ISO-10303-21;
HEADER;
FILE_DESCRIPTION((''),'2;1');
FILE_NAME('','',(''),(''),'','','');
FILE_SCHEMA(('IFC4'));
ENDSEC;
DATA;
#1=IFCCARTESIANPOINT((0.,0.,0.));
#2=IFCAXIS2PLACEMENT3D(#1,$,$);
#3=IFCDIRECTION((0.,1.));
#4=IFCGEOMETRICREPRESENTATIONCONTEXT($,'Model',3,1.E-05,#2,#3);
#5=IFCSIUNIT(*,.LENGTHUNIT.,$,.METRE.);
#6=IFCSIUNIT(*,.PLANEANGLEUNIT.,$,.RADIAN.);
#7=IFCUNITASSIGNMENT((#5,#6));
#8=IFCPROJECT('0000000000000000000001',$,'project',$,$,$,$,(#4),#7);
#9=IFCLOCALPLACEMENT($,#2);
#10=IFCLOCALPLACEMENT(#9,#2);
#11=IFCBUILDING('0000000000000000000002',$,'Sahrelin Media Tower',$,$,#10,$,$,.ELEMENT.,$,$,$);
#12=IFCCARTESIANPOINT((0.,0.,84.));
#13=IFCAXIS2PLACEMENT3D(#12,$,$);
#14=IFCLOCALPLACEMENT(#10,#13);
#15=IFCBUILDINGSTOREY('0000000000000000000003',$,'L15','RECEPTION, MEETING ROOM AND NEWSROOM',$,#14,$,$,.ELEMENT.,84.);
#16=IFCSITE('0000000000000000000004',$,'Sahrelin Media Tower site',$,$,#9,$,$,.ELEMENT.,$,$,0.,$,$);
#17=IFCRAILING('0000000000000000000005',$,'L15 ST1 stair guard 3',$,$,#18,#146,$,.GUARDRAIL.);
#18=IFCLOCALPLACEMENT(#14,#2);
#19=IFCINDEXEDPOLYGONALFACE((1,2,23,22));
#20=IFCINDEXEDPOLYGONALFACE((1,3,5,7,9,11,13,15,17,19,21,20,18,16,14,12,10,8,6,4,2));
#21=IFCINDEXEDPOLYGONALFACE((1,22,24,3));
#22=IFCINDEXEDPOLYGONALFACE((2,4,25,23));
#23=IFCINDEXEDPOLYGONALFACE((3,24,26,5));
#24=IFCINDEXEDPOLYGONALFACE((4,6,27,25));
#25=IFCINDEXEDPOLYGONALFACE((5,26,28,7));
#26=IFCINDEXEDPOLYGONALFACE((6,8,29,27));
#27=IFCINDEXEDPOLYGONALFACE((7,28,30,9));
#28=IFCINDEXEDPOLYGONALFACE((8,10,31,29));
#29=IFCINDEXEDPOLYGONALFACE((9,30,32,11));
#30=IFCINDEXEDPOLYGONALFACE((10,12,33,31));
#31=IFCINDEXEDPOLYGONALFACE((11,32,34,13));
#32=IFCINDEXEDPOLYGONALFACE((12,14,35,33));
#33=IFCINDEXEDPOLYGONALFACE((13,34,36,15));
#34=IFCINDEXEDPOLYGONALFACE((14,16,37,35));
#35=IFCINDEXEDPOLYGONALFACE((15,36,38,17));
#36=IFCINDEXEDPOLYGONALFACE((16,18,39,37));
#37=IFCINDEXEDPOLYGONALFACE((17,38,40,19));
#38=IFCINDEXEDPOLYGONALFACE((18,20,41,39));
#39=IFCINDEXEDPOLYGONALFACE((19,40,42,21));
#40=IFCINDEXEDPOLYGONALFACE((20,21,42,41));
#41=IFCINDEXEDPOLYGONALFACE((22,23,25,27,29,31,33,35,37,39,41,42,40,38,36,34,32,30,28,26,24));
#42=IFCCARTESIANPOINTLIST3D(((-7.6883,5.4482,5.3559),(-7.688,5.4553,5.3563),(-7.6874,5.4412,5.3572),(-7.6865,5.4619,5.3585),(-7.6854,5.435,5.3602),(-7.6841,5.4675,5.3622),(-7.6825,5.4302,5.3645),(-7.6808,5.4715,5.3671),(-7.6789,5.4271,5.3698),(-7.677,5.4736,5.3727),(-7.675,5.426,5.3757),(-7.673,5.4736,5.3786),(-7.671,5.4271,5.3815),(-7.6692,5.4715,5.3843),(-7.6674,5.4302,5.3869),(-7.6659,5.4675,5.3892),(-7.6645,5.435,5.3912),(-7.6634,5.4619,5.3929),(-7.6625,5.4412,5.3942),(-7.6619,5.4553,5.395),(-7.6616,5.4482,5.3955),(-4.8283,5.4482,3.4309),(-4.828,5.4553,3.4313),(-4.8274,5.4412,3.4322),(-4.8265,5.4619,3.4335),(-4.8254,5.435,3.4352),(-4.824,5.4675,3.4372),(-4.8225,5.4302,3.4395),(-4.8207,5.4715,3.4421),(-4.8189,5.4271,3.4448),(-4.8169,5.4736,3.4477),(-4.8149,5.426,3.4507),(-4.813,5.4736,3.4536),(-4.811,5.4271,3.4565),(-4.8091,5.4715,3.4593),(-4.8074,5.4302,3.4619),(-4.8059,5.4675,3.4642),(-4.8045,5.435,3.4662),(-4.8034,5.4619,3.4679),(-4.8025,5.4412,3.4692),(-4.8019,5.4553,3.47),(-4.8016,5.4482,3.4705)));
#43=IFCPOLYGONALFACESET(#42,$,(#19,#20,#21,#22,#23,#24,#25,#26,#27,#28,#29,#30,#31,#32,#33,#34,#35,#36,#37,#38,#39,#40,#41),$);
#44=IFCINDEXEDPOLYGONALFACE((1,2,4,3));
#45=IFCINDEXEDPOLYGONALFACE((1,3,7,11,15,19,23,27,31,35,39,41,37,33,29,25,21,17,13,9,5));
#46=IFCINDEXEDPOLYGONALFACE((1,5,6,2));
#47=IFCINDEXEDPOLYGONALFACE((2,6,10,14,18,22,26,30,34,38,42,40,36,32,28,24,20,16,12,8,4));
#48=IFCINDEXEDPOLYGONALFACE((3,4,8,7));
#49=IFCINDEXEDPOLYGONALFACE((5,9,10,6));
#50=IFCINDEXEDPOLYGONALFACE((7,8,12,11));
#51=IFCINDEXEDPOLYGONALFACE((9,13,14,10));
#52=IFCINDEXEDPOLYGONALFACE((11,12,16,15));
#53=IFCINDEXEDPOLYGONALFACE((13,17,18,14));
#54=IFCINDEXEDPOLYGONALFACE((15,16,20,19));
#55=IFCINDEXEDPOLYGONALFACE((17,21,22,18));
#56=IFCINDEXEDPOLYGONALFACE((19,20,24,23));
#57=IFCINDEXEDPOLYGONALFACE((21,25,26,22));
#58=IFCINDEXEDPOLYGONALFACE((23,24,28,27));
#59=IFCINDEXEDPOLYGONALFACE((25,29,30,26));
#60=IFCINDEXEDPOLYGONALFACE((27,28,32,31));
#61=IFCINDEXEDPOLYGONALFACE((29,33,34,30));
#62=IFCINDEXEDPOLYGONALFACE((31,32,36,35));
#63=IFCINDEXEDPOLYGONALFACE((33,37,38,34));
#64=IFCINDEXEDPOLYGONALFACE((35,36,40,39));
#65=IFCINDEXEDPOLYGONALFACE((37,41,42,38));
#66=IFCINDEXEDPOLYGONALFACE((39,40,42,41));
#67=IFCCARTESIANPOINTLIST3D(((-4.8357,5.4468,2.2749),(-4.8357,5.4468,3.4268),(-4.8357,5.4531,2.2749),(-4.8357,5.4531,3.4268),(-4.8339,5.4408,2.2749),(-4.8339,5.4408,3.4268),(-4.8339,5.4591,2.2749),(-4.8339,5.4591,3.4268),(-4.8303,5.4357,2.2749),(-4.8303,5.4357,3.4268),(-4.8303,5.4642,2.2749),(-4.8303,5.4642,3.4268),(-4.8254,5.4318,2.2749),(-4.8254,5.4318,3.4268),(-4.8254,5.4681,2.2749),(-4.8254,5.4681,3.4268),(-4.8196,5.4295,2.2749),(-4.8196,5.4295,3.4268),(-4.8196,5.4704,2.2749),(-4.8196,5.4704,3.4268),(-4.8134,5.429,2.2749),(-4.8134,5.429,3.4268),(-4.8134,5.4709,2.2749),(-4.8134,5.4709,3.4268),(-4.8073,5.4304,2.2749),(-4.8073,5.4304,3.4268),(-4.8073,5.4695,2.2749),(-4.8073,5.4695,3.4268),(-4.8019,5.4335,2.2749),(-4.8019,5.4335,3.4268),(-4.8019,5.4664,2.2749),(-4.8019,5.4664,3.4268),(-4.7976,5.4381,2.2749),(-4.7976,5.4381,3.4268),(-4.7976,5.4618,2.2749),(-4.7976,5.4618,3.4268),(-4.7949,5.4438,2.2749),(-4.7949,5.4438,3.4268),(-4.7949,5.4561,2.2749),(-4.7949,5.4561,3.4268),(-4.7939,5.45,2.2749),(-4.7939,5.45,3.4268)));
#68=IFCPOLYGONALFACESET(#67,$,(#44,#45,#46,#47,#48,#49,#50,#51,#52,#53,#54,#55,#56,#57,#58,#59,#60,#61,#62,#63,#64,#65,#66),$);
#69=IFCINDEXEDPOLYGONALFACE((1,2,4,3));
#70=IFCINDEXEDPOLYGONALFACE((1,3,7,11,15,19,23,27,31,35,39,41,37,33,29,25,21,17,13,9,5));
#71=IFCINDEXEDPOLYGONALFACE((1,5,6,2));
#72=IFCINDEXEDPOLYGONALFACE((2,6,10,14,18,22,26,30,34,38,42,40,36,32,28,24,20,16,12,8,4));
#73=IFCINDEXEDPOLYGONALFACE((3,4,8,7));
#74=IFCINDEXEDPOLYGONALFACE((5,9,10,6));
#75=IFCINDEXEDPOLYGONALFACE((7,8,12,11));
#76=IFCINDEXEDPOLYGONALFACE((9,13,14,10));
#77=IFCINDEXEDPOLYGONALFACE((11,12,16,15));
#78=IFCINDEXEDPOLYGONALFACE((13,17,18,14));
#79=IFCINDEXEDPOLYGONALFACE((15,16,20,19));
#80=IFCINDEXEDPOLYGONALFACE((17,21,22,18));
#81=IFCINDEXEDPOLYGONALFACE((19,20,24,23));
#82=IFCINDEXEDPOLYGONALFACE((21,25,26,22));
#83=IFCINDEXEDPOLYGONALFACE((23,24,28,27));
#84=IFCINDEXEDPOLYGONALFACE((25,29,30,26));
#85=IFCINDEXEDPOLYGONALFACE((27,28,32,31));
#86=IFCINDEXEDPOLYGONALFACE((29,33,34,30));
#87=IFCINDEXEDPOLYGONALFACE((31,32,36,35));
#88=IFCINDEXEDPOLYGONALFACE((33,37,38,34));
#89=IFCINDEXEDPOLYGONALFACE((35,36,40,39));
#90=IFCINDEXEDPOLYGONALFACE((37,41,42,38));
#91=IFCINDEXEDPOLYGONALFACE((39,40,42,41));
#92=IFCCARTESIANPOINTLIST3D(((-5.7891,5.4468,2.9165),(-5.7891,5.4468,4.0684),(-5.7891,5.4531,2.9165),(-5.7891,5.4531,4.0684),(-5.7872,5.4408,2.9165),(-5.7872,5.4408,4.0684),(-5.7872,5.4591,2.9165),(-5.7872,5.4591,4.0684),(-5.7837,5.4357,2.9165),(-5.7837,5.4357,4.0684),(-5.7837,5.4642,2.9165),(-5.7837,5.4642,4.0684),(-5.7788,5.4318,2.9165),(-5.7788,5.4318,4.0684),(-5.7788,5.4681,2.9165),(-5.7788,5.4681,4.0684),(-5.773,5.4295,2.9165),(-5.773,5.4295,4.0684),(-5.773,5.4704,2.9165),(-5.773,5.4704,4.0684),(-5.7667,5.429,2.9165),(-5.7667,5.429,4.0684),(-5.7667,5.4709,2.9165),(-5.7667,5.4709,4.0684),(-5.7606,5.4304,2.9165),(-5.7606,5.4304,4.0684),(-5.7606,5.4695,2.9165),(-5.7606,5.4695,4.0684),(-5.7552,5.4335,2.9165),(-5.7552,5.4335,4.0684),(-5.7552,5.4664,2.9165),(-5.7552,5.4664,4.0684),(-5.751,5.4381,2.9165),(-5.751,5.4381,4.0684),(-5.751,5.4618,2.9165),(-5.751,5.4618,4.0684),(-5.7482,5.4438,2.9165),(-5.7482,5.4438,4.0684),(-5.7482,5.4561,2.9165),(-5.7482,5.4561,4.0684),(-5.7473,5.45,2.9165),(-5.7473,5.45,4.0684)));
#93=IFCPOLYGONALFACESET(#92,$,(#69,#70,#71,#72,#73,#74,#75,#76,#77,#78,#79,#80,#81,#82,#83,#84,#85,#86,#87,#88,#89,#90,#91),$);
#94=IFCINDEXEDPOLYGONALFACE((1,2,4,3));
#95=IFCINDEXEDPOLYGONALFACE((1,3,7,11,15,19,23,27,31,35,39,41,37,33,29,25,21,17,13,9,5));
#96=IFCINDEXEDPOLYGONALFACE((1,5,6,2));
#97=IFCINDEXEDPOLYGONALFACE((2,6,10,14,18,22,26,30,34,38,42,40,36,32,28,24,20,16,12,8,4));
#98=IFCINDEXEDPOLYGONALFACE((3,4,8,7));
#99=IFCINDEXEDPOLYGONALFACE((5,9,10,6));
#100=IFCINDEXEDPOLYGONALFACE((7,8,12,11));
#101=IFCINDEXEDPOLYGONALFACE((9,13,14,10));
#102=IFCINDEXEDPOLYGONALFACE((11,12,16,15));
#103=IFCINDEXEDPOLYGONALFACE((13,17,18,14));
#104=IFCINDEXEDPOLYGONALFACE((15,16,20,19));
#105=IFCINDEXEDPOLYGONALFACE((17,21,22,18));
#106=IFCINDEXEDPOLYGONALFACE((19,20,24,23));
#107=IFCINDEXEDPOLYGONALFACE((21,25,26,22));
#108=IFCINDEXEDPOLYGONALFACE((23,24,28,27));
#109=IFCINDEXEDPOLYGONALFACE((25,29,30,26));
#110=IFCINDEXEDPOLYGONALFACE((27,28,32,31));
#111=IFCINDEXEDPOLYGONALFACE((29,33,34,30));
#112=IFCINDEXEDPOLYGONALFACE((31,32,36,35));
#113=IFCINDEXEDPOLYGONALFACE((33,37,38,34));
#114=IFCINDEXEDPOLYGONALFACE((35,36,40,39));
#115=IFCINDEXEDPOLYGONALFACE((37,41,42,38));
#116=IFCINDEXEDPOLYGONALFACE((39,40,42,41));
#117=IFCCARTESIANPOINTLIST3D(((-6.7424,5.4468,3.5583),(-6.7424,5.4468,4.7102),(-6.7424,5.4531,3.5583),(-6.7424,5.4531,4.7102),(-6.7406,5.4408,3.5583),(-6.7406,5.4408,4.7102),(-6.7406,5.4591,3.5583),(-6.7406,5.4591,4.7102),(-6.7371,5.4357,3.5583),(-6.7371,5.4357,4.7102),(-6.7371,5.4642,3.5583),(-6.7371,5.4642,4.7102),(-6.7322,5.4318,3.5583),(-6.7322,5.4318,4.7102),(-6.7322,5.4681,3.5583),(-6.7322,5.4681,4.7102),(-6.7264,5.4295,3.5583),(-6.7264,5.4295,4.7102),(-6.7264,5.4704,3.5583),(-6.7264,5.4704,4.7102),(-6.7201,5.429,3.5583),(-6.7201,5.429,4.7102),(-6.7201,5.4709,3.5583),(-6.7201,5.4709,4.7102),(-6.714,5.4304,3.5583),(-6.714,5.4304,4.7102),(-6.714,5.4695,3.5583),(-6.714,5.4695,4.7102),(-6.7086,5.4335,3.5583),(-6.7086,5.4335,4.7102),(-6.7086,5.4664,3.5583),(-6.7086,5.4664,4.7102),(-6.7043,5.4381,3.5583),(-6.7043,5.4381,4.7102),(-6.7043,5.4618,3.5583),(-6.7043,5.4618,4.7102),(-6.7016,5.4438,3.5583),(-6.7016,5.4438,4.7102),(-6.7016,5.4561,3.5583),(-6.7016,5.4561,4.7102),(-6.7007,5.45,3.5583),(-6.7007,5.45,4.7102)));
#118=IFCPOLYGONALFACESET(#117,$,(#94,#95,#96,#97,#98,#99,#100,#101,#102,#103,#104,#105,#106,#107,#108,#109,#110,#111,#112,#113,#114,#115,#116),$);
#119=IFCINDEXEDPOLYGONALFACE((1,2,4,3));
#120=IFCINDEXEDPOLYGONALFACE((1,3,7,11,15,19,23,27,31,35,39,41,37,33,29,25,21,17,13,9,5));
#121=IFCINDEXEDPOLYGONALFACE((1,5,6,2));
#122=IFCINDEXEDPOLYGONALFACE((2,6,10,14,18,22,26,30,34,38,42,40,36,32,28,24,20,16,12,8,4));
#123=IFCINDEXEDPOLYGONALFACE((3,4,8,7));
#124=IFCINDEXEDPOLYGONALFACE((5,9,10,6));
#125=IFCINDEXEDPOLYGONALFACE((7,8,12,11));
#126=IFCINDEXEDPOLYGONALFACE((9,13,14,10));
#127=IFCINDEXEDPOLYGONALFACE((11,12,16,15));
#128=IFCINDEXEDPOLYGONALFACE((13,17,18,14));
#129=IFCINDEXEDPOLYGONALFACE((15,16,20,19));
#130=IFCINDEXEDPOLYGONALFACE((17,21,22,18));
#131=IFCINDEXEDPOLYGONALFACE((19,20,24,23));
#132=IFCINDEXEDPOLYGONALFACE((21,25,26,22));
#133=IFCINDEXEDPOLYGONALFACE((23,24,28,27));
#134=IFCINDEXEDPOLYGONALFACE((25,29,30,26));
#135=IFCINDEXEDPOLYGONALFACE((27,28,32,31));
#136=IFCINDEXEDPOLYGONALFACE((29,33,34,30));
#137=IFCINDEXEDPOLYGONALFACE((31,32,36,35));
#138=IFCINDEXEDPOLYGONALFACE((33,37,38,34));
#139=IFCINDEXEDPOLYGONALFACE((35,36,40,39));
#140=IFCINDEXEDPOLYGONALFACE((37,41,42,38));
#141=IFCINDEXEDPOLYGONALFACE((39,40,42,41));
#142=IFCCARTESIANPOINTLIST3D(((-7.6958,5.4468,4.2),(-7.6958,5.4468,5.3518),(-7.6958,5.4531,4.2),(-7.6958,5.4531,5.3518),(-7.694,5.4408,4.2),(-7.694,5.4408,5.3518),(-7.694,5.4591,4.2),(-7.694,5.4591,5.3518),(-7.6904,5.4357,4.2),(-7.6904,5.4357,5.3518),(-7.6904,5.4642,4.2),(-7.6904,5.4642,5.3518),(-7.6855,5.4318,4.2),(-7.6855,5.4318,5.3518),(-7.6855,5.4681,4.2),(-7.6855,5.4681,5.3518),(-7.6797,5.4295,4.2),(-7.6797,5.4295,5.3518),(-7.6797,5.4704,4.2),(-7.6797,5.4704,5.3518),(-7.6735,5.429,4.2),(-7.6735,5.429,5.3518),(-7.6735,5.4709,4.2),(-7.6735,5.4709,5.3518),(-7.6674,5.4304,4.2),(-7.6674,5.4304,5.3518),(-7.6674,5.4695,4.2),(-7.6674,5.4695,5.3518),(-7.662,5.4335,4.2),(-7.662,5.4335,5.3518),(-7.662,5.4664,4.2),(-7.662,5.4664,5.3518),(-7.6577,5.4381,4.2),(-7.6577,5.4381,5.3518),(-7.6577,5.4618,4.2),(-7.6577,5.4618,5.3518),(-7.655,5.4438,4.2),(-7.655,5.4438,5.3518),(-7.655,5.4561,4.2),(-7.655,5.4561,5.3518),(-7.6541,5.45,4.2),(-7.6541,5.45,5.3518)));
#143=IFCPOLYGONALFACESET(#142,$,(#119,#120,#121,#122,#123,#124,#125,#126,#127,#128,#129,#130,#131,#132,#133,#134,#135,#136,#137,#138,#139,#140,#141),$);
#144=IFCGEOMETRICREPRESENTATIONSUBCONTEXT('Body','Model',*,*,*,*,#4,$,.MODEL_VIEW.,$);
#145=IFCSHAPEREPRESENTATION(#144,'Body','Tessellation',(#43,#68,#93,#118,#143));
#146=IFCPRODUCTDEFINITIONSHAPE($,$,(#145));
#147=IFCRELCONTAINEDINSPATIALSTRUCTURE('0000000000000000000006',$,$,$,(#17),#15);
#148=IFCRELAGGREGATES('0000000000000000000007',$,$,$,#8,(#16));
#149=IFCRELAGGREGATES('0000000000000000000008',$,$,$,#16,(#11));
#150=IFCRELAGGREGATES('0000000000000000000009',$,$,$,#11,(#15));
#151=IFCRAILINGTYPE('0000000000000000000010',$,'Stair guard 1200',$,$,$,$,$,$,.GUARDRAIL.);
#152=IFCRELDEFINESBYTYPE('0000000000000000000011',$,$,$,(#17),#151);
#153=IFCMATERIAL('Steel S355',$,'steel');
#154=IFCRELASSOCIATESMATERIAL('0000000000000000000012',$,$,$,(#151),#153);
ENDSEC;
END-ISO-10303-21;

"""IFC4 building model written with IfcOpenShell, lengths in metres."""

from ifc_helpers import new_model, si_unit, direction, frame, origin, origin_2d, place, context, subcontext, project, spatial, circle, extrude, material, type_object, element, save


model = new_model("IFC4")

# Units and contexts
model_context = context("Model", 3, precision=1e-05, world=origin(), true_north=direction((0.0, 1.0)))
body_context = subcontext(model_context, "Body", "Model", "MODEL_VIEW")
ifc_project = project(units=[si_unit("LENGTHUNIT", "METRE"), si_unit("PLANEANGLEUNIT", "RADIAN")], contexts=[model_context])

# Site, building, storey
site_placement = place(None, origin())
site = spatial("IfcSite", under=ifc_project, at=site_placement, Name="Sahrelin Media Tower site", CompositionType="ELEMENT", RefElevation=0.0)
building_placement = place(site_placement, origin())
building = spatial("IfcBuilding", under=site, at=building_placement, Name="Sahrelin Media Tower", CompositionType="ELEMENT")
storey_placement = place(building_placement, frame((0.0, 0.0, 84.0)))
storey = spatial("IfcBuildingStorey", under=building, at=storey_placement, Name="L15", Description="RECEPTION, MEETING ROOM AND NEWSROOM", CompositionType="ELEMENT", Elevation=84.0)

# Shared definitions
ifc_material_1 = material(Name="Steel S355", Category="steel")

# Railing
railing_type_1 = type_object("IfcRailingType", Name="Stair guard 1200", PredefinedType="GUARDRAIL", material=ifc_material_1)
railing_1_placement = place(storey_placement, frame((-4.8149, 5.45, 2.2749)))
element("IfcRailing", 1, at=railing_1_placement, inside=storey, type_object=railing_type_1, Name="L15 ST1 stair guard 3", PredefinedType="GUARDRAIL", context=body_context, shape_type="SweptSolid", body=[
    extrude(circle(Radius=0.0239, at=origin_2d()), frame((0.0, 0.0, 1.1758), z_axis=(-0.829591, 0.0, 0.558372), x_axis=(0.0, -1.0, 0.0)), (0.0, 0.0, 1.0), 3.4475),
    extrude(circle(Radius=0.021, at=origin_2d()), origin(), (0.0, 0.0, 1.0), 1.1519),
    extrude(circle(Radius=0.021, at=origin_2d()), frame((-0.9534, 0.0, 0.6416)), (0.0, 0.0, 1.0), 1.1519),
    extrude(circle(Radius=0.021, at=origin_2d()), frame((-1.9067, 0.0, 1.2834)), (0.0, 0.0, 1.0), 1.1519),
    extrude(circle(Radius=0.021, at=origin_2d()), frame((-2.8601, 0.0, 1.925)), (0.0, 0.0, 1.0), 1.1519),
])

save(model, "model.ifc")
